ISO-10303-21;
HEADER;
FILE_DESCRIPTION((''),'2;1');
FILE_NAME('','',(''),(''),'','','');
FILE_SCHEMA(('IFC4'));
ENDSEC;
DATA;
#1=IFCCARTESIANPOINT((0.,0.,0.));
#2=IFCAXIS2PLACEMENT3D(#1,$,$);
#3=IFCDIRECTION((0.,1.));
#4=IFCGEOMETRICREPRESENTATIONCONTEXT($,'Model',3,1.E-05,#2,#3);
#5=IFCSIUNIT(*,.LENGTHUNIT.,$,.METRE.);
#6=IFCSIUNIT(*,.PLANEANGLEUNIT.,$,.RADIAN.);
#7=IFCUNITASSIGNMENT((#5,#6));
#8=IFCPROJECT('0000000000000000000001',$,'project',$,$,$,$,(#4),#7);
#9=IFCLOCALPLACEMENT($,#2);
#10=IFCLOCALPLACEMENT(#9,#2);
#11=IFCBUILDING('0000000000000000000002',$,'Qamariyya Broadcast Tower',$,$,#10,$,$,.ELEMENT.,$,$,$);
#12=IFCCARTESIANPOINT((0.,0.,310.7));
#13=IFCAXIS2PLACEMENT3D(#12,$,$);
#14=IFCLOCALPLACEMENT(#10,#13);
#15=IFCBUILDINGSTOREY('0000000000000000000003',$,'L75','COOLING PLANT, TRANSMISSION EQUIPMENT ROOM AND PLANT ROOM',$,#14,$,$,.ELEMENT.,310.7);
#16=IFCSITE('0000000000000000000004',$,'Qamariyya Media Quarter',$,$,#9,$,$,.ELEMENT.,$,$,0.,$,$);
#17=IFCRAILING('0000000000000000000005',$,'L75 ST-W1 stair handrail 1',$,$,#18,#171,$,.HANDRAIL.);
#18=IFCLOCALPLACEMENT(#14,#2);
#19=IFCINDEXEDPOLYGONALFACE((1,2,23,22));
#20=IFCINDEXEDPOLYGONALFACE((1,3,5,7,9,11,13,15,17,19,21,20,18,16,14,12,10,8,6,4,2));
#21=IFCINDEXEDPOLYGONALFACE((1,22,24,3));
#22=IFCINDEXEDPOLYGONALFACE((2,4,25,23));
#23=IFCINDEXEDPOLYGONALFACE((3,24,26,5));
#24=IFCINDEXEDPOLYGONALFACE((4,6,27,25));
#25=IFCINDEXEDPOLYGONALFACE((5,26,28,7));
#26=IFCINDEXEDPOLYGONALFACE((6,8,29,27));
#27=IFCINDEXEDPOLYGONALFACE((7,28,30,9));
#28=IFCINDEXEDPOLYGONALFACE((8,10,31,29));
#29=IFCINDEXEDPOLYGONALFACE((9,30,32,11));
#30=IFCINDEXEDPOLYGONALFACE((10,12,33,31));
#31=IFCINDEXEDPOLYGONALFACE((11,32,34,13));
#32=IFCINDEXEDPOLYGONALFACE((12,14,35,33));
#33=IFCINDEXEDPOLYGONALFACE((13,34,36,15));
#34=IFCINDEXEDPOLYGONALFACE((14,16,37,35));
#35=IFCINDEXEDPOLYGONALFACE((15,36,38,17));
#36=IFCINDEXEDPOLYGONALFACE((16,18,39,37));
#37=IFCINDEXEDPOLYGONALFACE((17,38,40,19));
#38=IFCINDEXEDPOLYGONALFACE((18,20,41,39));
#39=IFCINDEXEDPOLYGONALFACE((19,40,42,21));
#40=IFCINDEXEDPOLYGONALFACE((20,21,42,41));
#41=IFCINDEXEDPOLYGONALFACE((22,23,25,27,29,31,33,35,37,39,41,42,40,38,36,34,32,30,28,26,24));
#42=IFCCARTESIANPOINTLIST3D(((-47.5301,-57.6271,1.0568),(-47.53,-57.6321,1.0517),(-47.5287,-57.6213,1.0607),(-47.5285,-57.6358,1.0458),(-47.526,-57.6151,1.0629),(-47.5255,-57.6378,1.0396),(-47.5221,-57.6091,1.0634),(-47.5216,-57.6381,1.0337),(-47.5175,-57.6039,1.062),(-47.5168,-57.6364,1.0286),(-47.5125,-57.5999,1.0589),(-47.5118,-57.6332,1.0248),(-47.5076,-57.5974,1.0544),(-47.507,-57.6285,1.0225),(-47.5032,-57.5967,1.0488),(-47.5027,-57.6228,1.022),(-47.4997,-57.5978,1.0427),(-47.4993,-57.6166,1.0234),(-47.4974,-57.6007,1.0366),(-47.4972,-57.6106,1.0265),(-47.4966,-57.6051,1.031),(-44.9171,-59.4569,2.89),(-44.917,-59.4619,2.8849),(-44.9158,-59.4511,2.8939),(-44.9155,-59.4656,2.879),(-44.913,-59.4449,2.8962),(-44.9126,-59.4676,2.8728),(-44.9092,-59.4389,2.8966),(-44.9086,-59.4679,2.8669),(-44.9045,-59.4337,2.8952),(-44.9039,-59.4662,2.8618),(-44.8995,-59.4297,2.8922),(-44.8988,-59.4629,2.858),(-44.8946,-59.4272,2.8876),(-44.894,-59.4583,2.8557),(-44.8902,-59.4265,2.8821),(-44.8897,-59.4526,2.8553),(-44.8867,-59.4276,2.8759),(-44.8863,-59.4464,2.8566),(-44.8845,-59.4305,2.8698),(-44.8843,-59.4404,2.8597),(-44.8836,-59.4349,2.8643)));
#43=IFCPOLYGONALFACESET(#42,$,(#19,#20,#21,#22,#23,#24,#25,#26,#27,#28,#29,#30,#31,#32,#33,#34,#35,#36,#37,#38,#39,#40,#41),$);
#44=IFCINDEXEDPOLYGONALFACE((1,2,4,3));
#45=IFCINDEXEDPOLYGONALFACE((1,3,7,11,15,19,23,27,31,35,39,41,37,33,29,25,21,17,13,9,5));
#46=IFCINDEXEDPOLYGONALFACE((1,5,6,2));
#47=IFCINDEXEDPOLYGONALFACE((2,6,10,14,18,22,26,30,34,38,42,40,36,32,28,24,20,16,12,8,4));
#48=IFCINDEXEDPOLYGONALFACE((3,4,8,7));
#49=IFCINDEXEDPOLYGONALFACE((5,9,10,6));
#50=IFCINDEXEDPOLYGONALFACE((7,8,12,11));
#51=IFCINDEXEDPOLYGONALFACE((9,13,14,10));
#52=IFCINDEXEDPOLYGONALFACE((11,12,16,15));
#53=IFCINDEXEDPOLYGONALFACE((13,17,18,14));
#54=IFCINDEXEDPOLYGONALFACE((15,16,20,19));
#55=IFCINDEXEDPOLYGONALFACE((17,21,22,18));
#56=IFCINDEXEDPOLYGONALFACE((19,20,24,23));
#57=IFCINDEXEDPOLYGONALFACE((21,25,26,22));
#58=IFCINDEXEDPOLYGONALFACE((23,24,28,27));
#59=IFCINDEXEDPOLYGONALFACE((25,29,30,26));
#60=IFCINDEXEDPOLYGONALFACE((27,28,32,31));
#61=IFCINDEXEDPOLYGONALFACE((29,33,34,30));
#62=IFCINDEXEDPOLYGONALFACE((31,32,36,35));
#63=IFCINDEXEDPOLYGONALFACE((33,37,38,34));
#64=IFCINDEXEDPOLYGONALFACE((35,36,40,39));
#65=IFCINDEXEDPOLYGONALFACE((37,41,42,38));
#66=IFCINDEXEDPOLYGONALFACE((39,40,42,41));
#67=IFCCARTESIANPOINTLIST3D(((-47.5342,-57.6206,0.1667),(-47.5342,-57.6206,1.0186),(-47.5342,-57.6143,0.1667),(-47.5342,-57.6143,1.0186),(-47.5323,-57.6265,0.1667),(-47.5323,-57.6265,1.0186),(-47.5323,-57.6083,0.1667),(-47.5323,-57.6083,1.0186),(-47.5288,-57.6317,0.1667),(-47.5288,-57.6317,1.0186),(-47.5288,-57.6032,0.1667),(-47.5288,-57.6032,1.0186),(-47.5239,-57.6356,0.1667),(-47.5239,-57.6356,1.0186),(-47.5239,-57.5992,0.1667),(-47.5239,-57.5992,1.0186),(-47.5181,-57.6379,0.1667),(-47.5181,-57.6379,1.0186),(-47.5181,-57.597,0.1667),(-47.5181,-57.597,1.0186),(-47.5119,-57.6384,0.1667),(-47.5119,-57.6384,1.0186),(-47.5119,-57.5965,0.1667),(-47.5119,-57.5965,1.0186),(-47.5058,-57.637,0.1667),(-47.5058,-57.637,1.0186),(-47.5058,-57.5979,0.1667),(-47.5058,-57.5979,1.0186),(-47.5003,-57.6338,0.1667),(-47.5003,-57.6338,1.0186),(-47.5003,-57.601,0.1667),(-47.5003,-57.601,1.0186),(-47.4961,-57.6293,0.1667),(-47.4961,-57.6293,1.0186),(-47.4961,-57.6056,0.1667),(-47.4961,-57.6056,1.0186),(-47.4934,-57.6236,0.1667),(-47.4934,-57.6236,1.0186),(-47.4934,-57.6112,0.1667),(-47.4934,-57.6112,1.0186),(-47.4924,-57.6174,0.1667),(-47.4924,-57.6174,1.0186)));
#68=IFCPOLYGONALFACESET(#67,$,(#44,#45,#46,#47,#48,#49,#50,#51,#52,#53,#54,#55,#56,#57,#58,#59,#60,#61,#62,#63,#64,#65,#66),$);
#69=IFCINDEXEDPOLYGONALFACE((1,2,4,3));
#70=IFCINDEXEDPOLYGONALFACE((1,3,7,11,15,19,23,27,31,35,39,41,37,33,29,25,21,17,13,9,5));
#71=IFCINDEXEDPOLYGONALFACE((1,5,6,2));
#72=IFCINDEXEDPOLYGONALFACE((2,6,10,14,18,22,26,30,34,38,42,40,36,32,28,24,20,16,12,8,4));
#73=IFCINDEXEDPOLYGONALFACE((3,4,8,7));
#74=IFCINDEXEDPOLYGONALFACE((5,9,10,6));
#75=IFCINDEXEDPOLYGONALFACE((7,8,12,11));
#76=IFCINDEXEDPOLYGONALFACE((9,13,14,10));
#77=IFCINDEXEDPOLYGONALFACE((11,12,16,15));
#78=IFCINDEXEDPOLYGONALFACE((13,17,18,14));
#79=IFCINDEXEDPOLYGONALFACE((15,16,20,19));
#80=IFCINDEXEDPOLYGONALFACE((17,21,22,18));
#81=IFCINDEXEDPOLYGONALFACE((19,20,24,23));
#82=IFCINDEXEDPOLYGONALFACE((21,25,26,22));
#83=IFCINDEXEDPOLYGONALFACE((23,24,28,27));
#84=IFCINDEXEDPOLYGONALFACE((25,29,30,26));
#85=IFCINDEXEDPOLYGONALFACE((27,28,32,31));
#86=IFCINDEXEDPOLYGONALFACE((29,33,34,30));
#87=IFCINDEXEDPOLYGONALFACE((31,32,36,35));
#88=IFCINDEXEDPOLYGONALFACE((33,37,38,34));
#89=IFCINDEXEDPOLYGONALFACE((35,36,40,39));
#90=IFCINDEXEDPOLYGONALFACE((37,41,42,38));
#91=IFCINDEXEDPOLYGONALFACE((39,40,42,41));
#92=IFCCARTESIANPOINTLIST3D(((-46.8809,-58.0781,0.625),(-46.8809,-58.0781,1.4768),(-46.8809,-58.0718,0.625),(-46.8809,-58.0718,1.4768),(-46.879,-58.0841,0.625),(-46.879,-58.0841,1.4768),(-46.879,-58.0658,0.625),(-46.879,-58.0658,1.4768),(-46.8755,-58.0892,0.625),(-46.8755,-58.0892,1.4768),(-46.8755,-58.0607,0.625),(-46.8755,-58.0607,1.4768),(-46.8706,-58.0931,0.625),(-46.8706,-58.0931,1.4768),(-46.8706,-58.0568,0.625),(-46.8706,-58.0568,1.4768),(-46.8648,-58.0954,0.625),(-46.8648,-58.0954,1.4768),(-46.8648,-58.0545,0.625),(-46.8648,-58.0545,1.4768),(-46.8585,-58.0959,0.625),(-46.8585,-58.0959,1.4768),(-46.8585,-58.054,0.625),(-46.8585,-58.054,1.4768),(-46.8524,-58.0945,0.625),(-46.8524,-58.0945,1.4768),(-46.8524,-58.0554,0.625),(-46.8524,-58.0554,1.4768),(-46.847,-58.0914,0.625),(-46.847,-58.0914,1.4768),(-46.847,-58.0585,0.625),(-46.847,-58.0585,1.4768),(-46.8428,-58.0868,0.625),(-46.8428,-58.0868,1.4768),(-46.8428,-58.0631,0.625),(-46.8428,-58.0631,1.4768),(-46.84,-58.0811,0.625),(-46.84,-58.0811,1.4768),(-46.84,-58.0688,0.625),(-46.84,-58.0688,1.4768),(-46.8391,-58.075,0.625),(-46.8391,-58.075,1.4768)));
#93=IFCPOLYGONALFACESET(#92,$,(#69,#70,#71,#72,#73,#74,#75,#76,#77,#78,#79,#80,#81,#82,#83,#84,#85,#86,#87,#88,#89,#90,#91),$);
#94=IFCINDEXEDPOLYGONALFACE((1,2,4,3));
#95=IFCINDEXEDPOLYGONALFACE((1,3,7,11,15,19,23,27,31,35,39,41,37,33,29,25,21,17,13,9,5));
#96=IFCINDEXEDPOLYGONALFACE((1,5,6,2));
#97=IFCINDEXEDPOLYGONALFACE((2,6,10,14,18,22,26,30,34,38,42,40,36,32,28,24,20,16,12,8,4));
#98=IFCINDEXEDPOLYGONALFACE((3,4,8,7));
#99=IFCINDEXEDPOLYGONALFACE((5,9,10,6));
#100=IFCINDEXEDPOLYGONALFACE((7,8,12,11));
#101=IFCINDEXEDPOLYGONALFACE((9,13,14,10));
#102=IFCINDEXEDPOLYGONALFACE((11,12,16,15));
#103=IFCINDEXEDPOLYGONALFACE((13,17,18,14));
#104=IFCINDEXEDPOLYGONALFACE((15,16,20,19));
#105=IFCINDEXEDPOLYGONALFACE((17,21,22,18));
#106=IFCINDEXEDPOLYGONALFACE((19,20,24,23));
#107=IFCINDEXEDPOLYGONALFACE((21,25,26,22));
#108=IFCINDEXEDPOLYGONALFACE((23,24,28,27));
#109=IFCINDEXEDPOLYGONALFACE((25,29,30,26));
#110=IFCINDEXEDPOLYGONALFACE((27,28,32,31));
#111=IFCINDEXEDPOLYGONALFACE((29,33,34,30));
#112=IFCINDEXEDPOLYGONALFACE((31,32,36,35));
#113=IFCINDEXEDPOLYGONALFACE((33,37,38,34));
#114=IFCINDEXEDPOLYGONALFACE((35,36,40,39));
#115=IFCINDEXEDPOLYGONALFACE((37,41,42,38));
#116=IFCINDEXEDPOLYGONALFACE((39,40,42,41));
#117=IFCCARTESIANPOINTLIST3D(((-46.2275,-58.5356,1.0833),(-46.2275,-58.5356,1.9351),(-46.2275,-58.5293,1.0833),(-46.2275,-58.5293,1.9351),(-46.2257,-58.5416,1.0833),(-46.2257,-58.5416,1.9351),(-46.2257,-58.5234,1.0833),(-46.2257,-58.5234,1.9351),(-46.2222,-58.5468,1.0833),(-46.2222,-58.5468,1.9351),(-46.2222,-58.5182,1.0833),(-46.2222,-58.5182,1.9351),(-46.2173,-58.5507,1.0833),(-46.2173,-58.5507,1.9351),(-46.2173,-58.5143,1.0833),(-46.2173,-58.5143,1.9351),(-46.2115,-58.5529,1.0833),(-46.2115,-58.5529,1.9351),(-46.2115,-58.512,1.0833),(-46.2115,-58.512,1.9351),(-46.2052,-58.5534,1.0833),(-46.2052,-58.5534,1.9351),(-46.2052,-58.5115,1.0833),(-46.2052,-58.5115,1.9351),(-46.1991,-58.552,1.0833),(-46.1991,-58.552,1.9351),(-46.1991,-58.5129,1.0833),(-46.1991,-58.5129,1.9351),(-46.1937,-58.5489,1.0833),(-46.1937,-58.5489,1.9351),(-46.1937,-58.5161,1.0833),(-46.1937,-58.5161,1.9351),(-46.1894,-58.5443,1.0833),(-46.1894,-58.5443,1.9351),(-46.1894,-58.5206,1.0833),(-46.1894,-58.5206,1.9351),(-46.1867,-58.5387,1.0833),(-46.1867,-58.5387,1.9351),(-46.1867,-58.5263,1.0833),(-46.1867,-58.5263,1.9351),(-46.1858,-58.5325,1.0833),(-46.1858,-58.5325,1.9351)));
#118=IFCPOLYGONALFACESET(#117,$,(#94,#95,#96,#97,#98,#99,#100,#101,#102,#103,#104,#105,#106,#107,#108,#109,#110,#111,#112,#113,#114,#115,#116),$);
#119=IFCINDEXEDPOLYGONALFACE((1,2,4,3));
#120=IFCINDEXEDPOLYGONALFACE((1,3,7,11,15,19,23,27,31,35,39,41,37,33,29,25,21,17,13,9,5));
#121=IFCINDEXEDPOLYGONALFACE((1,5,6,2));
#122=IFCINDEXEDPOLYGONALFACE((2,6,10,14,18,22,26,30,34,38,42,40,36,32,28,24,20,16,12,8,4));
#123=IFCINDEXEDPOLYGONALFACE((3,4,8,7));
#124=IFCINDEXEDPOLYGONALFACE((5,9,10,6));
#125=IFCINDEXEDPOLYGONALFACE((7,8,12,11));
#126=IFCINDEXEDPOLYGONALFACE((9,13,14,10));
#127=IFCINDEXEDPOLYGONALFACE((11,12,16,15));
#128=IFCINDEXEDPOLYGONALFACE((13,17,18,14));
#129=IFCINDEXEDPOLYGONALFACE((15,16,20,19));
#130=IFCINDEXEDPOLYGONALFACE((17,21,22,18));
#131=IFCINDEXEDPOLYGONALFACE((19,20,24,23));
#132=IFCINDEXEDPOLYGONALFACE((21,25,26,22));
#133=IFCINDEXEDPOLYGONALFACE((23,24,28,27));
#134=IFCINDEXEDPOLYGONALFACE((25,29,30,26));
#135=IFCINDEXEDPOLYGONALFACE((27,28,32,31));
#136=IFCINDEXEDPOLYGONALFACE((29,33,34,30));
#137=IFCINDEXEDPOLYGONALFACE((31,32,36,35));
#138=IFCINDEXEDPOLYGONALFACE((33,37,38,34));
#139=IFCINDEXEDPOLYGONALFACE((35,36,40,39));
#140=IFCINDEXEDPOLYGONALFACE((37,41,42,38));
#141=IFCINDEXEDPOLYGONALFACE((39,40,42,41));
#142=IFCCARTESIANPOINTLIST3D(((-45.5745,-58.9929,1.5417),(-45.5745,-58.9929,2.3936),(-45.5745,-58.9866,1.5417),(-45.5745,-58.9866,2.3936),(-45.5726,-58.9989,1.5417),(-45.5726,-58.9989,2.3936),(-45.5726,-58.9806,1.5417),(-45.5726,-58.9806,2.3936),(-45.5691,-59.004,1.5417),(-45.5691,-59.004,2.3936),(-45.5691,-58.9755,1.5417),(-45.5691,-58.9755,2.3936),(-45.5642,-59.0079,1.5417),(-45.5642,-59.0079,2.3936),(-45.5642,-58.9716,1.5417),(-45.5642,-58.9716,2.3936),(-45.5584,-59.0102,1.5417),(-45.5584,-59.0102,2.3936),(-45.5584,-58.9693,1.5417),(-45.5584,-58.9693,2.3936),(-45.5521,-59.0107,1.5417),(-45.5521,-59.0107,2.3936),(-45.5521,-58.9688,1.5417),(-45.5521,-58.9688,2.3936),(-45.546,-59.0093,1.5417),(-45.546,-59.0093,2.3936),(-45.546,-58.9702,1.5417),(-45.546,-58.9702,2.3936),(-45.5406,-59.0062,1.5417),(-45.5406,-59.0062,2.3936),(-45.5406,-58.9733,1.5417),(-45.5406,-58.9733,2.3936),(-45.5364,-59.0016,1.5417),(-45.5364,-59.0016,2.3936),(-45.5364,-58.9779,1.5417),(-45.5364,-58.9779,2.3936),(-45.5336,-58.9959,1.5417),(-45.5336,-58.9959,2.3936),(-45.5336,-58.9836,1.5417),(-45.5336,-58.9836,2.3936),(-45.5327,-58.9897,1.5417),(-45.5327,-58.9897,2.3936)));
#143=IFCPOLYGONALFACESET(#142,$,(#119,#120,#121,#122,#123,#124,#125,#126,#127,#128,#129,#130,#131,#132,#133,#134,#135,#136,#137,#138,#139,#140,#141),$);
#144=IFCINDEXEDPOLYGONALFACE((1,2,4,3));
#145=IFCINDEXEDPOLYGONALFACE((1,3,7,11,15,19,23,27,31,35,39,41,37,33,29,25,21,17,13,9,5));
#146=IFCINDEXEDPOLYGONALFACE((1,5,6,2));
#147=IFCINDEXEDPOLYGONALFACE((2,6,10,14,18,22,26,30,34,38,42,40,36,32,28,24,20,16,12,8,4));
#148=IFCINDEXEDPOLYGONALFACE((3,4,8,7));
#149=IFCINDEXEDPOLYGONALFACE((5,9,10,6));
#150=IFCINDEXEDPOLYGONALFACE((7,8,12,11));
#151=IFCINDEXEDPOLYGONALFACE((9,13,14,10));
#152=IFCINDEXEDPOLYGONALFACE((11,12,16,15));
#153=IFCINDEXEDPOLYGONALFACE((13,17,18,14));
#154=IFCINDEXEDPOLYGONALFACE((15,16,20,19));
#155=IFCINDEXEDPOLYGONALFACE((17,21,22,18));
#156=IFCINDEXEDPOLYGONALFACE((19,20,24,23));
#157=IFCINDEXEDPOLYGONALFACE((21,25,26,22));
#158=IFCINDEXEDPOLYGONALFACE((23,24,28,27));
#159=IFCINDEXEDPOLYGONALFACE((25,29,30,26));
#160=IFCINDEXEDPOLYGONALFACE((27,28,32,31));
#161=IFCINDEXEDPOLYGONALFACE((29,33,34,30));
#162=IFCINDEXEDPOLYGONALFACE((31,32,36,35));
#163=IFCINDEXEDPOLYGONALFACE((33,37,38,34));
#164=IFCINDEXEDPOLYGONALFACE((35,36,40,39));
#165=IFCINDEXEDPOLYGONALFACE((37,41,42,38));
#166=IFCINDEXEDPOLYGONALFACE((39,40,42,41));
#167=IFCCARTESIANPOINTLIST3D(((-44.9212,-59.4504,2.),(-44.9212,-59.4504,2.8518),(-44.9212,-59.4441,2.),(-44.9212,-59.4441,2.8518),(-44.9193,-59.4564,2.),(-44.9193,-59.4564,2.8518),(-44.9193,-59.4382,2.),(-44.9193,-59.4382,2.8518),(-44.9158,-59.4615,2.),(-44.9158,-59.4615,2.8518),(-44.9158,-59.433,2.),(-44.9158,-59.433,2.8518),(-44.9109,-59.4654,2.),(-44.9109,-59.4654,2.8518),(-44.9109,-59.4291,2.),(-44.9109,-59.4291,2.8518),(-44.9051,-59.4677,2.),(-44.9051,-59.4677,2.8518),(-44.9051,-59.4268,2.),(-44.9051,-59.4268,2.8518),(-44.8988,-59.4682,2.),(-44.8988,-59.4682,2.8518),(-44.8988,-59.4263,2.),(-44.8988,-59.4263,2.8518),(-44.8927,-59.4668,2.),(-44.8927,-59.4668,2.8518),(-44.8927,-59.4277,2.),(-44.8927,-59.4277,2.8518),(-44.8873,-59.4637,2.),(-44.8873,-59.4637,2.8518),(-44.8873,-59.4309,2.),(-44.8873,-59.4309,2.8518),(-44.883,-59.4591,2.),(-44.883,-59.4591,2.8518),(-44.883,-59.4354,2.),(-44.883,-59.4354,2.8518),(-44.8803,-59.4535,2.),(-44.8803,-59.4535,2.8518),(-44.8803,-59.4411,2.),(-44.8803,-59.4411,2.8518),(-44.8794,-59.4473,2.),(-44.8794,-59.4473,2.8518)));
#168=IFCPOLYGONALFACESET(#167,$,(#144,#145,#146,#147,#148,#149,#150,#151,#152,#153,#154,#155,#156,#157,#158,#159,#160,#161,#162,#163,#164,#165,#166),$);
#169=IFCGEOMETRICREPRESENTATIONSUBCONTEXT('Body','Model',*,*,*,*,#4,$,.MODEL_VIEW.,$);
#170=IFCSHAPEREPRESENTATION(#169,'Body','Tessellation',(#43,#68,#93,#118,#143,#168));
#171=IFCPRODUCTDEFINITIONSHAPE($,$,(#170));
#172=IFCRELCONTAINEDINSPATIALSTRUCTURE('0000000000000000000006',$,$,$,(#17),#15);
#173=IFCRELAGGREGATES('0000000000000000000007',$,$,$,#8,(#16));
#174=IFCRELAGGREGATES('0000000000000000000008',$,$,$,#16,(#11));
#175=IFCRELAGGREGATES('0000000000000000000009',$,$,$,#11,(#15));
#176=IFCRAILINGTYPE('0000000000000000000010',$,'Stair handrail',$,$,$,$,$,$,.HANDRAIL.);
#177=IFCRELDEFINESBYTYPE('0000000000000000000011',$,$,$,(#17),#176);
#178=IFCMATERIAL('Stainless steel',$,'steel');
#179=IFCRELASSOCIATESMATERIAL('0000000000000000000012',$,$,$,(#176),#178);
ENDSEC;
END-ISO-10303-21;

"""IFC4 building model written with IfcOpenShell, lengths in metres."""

from ifc_helpers import new_model, si_unit, direction, frame, origin, origin_2d, place, context, subcontext, project, spatial, circle, extrude, material, type_object, element, save


model = new_model("IFC4")

# Units and contexts
model_context = context("Model", 3, precision=1e-05, world=origin(), true_north=direction((0.0, 1.0)))
body_context = subcontext(model_context, "Body", "Model", "MODEL_VIEW")
ifc_project = project(units=[si_unit("LENGTHUNIT", "METRE"), si_unit("PLANEANGLEUNIT", "RADIAN")], contexts=[model_context])

# Site, building, storey
site_placement = place(None, origin())
site = spatial("IfcSite", under=ifc_project, at=site_placement, Name="Qamariyya Media Quarter", CompositionType="ELEMENT", RefElevation=0.0)
building_placement = place(site_placement, origin())
building = spatial("IfcBuilding", under=site, at=building_placement, Name="Qamariyya Broadcast Tower", CompositionType="ELEMENT")
storey_placement = place(building_placement, frame((0.0, 0.0, 310.7)))
storey = spatial("IfcBuildingStorey", under=building, at=storey_placement, Name="L75", Description="COOLING PLANT, TRANSMISSION EQUIPMENT ROOM AND PLANT ROOM", CompositionType="ELEMENT", Elevation=310.7)

# Railing
ifc_material_1 = material(Name="Stainless steel", Category="steel")
railing_type_1 = type_object("IfcRailingType", Name="Stair handrail", PredefinedType="HANDRAIL", material=ifc_material_1)
railing_1_placement = place(storey_placement, frame((-47.5134, -57.6174, 0.1667)))
element("IfcRailing", 1, at=railing_1_placement, inside=storey, type_object=railing_type_1, Name="L75 ST-W1 stair handrail 1", PredefinedType="HANDRAIL", context=body_context, shape_type="SweptSolid", body=[
    extrude(circle(Radius=0.0239, at=origin_2d()), frame((0.0, 0.0, 0.876), z_axis=(0.710204, -0.497335, 0.498264), x_axis=(0.573611, 0.819128, 0.0)), (0.0, 0.0, 1.0), 3.6792),
    extrude(circle(Radius=0.021, at=origin_2d()), origin(), (0.0, 0.0, 1.0), 0.8518),
    extrude(circle(Radius=0.021, at=origin_2d()), frame((0.6533, -0.4575, 0.4583)), (0.0, 0.0, 1.0), 0.8518),
    extrude(circle(Radius=0.021, at=origin_2d()), frame((1.3066, -0.915, 0.9165)), (0.0, 0.0, 1.0), 0.8518),
    extrude(circle(Radius=0.021, at=origin_2d()), frame((1.9597, -1.3723, 1.375)), (0.0, 0.0, 1.0), 0.8518),
    extrude(circle(Radius=0.021, at=origin_2d()), frame((2.613, -1.8298, 1.8333)), (0.0, 0.0, 1.0), 0.8518),
])

save(model, "model.ifc")
